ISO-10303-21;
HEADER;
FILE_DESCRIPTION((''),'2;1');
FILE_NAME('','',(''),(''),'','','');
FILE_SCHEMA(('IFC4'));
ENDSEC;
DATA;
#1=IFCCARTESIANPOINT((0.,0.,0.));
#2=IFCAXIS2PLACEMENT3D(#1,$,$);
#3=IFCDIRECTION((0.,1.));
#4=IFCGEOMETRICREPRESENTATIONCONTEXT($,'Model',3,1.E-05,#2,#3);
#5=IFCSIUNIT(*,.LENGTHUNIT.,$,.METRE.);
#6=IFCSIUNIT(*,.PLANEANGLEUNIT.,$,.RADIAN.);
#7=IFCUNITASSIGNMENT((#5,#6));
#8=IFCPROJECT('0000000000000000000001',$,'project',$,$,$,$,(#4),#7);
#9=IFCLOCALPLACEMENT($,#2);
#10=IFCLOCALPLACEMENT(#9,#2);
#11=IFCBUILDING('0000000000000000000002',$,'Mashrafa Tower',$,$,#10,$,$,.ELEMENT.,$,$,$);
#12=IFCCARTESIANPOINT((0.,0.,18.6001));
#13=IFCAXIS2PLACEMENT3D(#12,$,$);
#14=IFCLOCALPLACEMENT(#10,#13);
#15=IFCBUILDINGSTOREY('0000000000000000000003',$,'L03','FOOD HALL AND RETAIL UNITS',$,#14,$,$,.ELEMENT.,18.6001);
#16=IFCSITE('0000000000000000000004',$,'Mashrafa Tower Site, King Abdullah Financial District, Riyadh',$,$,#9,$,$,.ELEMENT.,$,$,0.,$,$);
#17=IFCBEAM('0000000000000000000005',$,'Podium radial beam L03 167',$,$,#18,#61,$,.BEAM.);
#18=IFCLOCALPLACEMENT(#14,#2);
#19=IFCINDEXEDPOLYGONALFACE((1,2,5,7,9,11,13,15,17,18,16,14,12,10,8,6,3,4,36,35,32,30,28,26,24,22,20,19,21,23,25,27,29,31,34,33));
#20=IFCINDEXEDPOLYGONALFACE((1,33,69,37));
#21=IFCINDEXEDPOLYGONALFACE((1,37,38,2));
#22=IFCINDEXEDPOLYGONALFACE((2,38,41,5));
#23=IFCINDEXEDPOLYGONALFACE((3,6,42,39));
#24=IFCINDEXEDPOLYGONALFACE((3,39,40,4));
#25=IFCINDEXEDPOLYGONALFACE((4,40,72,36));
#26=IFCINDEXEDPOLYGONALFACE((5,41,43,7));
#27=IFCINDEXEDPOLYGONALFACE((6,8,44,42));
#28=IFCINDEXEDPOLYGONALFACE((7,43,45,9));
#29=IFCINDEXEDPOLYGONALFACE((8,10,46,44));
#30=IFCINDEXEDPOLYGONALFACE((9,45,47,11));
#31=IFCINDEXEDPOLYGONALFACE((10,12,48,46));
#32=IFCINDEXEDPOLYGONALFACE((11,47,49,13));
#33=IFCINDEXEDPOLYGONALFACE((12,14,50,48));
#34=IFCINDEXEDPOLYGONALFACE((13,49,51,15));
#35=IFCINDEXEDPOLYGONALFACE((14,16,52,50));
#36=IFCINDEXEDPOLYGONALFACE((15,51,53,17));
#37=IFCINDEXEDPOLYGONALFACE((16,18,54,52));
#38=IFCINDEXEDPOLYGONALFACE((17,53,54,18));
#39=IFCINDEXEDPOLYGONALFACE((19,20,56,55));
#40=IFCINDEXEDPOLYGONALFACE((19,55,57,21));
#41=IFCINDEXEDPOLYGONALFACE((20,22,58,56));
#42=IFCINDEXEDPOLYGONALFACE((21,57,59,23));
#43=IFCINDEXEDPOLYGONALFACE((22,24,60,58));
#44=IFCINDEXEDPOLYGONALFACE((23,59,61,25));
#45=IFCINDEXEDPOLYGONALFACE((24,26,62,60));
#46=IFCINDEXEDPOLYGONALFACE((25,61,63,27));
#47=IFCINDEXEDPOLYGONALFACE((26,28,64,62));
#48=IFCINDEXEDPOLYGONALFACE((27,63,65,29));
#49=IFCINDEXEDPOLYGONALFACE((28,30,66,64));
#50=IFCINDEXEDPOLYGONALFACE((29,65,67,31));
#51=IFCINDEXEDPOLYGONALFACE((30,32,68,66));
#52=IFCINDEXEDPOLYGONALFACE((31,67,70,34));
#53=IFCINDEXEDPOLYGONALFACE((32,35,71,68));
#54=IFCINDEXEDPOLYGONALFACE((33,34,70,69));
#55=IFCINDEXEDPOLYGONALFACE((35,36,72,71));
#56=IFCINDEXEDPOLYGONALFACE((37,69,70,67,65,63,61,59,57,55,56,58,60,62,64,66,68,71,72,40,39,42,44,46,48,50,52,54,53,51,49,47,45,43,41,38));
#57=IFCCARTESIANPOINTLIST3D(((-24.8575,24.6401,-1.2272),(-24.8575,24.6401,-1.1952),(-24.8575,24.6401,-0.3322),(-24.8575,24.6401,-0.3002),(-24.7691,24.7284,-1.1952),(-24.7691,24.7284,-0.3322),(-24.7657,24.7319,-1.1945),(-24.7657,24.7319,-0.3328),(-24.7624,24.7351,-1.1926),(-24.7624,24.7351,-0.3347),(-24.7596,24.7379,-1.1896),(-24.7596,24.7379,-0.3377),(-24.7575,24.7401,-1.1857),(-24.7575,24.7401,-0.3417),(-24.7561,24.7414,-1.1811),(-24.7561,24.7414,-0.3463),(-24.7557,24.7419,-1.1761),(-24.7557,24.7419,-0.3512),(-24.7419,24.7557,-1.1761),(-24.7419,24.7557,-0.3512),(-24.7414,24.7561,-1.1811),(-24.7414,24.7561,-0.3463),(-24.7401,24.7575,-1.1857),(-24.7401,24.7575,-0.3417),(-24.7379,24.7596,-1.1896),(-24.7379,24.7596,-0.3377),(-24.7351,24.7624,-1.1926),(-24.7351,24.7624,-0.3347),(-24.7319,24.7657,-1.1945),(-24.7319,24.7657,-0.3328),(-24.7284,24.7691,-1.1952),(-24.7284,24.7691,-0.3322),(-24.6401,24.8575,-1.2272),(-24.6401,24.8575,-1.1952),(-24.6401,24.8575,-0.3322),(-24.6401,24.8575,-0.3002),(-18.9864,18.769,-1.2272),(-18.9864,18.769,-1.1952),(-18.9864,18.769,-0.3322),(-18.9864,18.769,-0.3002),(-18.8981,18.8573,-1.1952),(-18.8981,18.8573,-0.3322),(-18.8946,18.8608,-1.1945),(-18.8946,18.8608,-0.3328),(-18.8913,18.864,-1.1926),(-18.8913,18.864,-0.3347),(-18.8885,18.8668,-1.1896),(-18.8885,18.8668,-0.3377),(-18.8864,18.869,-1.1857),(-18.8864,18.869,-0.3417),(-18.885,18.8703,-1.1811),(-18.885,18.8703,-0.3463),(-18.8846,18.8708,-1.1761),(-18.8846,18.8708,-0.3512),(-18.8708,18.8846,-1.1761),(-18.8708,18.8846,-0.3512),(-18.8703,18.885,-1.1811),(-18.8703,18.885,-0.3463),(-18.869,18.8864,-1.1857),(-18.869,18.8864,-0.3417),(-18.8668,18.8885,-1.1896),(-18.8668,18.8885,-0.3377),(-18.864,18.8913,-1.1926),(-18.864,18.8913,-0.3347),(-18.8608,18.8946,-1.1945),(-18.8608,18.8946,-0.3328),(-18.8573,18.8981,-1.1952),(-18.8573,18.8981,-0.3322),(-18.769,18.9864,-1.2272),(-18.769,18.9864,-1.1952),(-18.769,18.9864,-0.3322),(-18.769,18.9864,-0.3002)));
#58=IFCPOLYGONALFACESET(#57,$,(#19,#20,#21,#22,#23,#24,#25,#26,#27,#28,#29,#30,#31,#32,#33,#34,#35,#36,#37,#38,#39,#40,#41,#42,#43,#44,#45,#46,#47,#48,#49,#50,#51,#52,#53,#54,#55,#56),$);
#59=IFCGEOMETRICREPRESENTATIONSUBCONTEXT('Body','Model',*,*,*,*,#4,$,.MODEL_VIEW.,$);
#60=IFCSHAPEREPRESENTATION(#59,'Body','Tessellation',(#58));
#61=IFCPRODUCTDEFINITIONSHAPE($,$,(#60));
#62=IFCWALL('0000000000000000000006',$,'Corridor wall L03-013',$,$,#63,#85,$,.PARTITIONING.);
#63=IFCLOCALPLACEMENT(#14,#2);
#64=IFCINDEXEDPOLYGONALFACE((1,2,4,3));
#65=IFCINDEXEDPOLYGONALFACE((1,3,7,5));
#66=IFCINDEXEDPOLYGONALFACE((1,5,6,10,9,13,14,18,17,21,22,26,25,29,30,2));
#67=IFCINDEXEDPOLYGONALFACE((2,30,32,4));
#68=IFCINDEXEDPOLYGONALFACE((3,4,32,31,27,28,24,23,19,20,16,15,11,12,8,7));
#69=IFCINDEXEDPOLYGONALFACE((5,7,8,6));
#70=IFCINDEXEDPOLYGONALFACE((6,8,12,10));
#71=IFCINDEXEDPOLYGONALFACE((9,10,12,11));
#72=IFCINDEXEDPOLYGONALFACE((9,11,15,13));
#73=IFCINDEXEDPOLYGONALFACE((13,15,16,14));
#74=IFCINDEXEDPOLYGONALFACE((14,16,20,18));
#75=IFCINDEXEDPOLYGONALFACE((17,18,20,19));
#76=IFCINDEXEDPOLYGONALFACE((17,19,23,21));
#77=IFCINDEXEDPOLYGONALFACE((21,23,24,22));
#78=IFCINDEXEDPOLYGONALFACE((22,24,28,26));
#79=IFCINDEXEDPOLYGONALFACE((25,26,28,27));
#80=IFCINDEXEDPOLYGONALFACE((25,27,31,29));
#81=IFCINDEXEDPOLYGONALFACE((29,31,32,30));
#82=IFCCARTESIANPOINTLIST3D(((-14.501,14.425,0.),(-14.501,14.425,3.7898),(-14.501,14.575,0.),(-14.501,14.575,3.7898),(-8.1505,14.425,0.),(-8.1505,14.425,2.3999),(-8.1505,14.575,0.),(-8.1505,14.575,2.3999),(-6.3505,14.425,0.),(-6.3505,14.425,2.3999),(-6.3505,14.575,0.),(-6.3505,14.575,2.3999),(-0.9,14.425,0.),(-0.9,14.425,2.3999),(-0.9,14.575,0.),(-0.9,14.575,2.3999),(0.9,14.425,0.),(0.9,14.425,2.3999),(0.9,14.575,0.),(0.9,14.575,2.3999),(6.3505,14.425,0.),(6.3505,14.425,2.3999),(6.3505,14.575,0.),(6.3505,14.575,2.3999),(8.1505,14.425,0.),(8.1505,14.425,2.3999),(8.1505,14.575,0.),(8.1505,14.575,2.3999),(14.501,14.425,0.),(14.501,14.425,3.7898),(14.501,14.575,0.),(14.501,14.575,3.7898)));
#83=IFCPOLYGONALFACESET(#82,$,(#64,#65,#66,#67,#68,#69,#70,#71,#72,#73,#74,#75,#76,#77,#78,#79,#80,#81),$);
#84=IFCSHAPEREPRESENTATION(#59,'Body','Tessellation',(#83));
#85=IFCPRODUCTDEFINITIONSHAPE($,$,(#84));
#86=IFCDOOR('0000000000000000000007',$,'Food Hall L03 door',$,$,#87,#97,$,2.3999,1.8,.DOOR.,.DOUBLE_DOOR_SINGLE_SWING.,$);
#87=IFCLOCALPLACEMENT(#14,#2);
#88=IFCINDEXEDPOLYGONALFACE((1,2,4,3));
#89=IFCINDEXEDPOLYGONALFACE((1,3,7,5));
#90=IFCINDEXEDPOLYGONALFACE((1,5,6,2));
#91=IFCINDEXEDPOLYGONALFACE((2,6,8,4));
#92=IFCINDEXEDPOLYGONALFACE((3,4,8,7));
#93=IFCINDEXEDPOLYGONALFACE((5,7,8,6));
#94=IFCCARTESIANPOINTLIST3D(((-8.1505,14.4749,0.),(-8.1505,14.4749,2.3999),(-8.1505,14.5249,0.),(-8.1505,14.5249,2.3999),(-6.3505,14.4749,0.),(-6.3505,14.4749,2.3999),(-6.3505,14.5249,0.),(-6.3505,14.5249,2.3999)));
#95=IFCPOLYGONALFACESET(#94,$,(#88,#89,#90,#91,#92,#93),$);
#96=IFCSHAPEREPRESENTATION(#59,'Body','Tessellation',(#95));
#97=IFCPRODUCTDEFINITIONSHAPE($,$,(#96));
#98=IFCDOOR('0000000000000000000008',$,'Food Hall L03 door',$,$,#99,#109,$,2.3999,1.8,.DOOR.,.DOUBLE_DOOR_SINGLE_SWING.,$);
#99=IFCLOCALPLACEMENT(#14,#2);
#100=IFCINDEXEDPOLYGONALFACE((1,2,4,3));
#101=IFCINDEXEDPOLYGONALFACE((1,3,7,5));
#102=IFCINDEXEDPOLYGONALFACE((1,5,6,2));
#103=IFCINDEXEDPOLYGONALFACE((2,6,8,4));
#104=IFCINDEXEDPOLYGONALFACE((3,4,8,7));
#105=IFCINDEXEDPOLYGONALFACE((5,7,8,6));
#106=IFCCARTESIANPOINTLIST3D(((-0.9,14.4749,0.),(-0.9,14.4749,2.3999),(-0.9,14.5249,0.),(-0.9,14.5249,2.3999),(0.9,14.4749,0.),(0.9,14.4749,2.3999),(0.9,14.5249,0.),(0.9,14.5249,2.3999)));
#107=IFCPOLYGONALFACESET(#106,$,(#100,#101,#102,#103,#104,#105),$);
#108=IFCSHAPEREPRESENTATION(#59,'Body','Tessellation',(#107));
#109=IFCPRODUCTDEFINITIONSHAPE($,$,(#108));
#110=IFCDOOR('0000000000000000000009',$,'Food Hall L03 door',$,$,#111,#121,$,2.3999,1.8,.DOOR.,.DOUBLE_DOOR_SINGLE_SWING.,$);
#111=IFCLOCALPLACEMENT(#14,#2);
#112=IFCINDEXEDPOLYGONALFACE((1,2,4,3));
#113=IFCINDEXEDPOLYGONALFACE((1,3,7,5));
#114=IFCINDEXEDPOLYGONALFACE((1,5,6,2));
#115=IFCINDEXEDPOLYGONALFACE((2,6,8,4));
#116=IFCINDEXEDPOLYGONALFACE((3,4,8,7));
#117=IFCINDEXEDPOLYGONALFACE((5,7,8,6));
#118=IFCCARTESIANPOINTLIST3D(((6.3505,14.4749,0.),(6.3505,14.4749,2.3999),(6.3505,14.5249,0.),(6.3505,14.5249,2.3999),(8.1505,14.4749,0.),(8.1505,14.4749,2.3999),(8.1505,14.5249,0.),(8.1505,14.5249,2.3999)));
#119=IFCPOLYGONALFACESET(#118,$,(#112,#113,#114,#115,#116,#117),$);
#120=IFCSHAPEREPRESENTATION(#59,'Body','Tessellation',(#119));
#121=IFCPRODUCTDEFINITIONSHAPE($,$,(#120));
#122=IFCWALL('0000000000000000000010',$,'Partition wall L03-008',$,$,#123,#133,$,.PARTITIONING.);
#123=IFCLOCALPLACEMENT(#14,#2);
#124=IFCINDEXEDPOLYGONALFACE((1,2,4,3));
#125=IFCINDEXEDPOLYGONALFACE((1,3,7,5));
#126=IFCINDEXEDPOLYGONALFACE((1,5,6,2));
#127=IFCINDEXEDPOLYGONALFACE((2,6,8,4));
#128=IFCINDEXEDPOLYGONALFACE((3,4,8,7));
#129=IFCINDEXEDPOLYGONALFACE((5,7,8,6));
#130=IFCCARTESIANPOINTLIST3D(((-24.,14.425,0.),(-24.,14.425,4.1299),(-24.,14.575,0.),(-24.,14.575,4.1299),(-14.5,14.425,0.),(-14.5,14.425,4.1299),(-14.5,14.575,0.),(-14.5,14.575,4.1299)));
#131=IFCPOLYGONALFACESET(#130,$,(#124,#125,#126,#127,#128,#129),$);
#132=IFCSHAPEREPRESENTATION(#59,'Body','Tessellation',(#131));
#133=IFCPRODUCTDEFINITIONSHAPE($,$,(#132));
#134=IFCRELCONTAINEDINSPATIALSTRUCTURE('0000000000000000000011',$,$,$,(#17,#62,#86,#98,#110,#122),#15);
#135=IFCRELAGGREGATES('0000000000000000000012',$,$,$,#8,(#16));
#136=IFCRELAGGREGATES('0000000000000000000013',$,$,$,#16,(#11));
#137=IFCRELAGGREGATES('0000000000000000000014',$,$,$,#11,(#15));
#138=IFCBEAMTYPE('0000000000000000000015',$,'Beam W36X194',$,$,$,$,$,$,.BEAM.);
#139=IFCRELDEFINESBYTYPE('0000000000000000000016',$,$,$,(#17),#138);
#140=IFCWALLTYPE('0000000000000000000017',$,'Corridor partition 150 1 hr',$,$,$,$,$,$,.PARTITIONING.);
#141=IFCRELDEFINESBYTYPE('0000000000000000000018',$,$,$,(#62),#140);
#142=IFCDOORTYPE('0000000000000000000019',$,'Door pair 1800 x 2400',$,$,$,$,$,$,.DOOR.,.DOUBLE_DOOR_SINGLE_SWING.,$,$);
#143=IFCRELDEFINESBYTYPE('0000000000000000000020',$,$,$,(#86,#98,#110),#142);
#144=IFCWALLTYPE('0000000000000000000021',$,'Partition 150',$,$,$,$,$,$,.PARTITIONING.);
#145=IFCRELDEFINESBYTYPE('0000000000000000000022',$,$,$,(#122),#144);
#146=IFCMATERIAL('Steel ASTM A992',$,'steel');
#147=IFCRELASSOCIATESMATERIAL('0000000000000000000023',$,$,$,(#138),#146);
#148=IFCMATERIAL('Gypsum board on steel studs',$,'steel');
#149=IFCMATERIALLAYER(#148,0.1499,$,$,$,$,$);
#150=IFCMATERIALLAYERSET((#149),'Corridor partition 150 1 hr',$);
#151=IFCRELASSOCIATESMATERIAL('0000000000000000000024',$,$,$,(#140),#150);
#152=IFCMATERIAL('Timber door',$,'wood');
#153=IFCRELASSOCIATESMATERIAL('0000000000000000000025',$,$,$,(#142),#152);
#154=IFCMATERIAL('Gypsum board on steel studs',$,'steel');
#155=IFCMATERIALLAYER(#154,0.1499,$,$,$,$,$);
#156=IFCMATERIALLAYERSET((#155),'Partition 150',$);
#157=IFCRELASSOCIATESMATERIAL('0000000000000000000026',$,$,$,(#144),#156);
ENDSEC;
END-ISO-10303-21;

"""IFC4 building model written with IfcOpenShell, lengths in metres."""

from ifc_helpers import new_model, si_unit, direction, frame, frame_2d, origin, origin_2d, place, context, subcontext, project, spatial, rectangle, i_section, extrude, material, layer, layer_set, material_profile, profile_set, type_object, element, fill, save


model = new_model("IFC4")

# Units and contexts
model_context = context("Model", 3, precision=1e-05, world=origin(), true_north=direction((0.0, 1.0)))
body_context = subcontext(model_context, "Body", "Model", "MODEL_VIEW")
ifc_project = project(units=[si_unit("LENGTHUNIT", "METRE"), si_unit("PLANEANGLEUNIT", "RADIAN")], contexts=[model_context])

# Site, building, storey
site_placement = place(None, origin())
site = spatial("IfcSite", under=ifc_project, at=site_placement, Name="Mashrafa Tower Site, King Abdullah Financial District, Riyadh", CompositionType="ELEMENT", RefElevation=0.0)
building_placement = place(site_placement, origin())
building = spatial("IfcBuilding", under=site, at=building_placement, Name="Mashrafa Tower", CompositionType="ELEMENT")
storey_placement = place(building_placement, frame((0.0, 0.0, 18.6001)))
storey = spatial("IfcBuildingStorey", under=building, at=storey_placement, Name="L03", Description="FOOD HALL AND RETAIL UNITS", CompositionType="ELEMENT", Elevation=18.6001)

# Beam
ifc_material_1 = material(Name="Steel ASTM A992", Category="steel")
ifc_material_profile_1 = material_profile(ifc_material_1, i_section(OverallWidth=0.3074, OverallDepth=0.927, WebThickness=0.0195, FlangeThickness=0.032, FilletRadius=0.019, at=origin_2d()), Name="W36X194")
ifc_profile_set_1 = profile_set([ifc_material_profile_1], Name="Steel ASTM A992")
beam_type_1 = type_object("IfcBeamType", Name="Beam W36X194", PredefinedType="BEAM", material=ifc_profile_set_1)
beam_1_placement = place(storey_placement, frame((-18.8777, 18.8777, -0.7637), z_axis=(-0.707107, 0.707107, 0.0), x_axis=(-0.707107, -0.707107, 0.0)))
element("IfcBeam", 1, at=beam_1_placement, inside=storey, type_object=beam_type_1, Name="Podium radial beam L03 167", PredefinedType="BEAM", context=body_context, shape_type="SweptSolid", body=[
    extrude(i_section(OverallWidth=0.3074, OverallDepth=0.927, WebThickness=0.0195, FlangeThickness=0.032, FilletRadius=0.019, at=origin_2d()), origin(), (0.0, 0.0, 1.0), 8.303),
])

# Wall, openings, doors
ifc_material_2 = material(Name="Gypsum board on steel studs", Category="steel")
ifc_layer_1 = layer(ifc_material_2, 0.1499)
ifc_layer_set_1 = layer_set([ifc_layer_1], Name="Corridor partition 150 1 hr")
wall_type_1 = type_object("IfcWallType", Name="Corridor partition 150 1 hr", PredefinedType="PARTITIONING", material=ifc_layer_set_1)
wall_1_placement = place(storey_placement, frame((-14.501, 14.5, 0.0), z_axis=(0.0, 0.0, 1.0), x_axis=(1.0, 0.0, 0.0)))
wall_1 = element("IfcWall", 2, at=wall_1_placement, inside=storey, type_object=wall_type_1, Name="Corridor wall L03-013", PredefinedType="PARTITIONING", context=body_context, shape_type="SweptSolid", body=[
    extrude(rectangle(XDim=29.002, YDim=0.1499, at=frame_2d((14.501, 0.0))), origin(), (0.0, 0.0, 1.0), 3.7898),
])
opening_1_placement = place(wall_1_placement, frame((6.3506, 0.0, 0.0)))
opening_1 = element("IfcOpeningElement", 3, at=opening_1_placement, cuts=wall_1, PredefinedType="OPENING", context=body_context, shape_type="SweptSolid", body=[
    extrude(rectangle(XDim=1.8, YDim=2.3999, at=frame_2d((0.8999, 1.2))), frame((0.0, 0.085, 0.0), z_axis=(0.0, -1.0, 0.0), x_axis=(1.0, 0.0, 0.0)), (0.0, 0.0, 1.0), 0.1699),
])
opening_2_placement = place(wall_1_placement, frame((13.6011, 0.0, 0.0)))
opening_2 = element("IfcOpeningElement", 4, at=opening_2_placement, cuts=wall_1, PredefinedType="OPENING", context=body_context, shape_type="SweptSolid", body=[
    extrude(rectangle(XDim=1.8, YDim=2.3999, at=frame_2d((0.8999, 1.2))), frame((0.0, 0.085, 0.0), z_axis=(0.0, -1.0, 0.0), x_axis=(1.0, 0.0, 0.0)), (0.0, 0.0, 1.0), 0.1699),
])
opening_3_placement = place(wall_1_placement, frame((20.8516, 0.0, 0.0)))
opening_3 = element("IfcOpeningElement", 5, at=opening_3_placement, cuts=wall_1, PredefinedType="OPENING", context=body_context, shape_type="SweptSolid", body=[
    extrude(rectangle(XDim=1.8, YDim=2.3999, at=frame_2d((0.8999, 1.2))), frame((0.0, 0.085, 0.0), z_axis=(0.0, -1.0, 0.0), x_axis=(1.0, 0.0, 0.0)), (0.0, 0.0, 1.0), 0.1699),
])
ifc_material_3 = material(Name="Timber door", Category="wood")
door_type = type_object("IfcDoorType", Name="Door pair 1800 x 2400", OperationType="DOUBLE_DOOR_SINGLE_SWING", PredefinedType="DOOR", material=ifc_material_3)
door_1_placement = place(opening_1_placement, origin())
door_1 = element("IfcDoor", 6, at=door_1_placement, inside=storey, type_object=door_type, Name="Food Hall L03 door", OperationType="DOUBLE_DOOR_SINGLE_SWING", OverallHeight=2.3999, OverallWidth=1.8, PredefinedType="DOOR", context=body_context, shape_type="SweptSolid", body=[
    extrude(rectangle(XDim=1.8, YDim=2.3999, at=frame_2d((0.8999, 1.2))), frame((0.0, 0.0249, 0.0), z_axis=(0.0, -1.0, 0.0), x_axis=(1.0, 0.0, 0.0)), (0.0, 0.0, 1.0), 0.05),
])
fill(opening_1, door_1)
door_2_placement = place(opening_2_placement, origin())
door_2 = element("IfcDoor", 7, at=door_2_placement, inside=storey, type_object=door_type, Name="Food Hall L03 door", OperationType="DOUBLE_DOOR_SINGLE_SWING", OverallHeight=2.3999, OverallWidth=1.8, PredefinedType="DOOR", context=body_context, shape_type="SweptSolid", body=[
    extrude(rectangle(XDim=1.8, YDim=2.3999, at=frame_2d((0.8999, 1.2))), frame((0.0, 0.0249, 0.0), z_axis=(0.0, -1.0, 0.0), x_axis=(1.0, 0.0, 0.0)), (0.0, 0.0, 1.0), 0.05),
])
fill(opening_2, door_2)
door_3_placement = place(opening_3_placement, origin())
door_3 = element("IfcDoor", 8, at=door_3_placement, inside=storey, type_object=door_type, Name="Food Hall L03 door", OperationType="DOUBLE_DOOR_SINGLE_SWING", OverallHeight=2.3999, OverallWidth=1.8, PredefinedType="DOOR", context=body_context, shape_type="SweptSolid", body=[
    extrude(rectangle(XDim=1.8, YDim=2.3999, at=frame_2d((0.8999, 1.2))), frame((0.0, 0.0249, 0.0), z_axis=(0.0, -1.0, 0.0), x_axis=(1.0, 0.0, 0.0)), (0.0, 0.0, 1.0), 0.05),
])
fill(opening_3, door_3)

# Wall
ifc_material_4 = material(Name="Gypsum board on steel studs", Category="steel")
ifc_layer_2 = layer(ifc_material_4, 0.1499)
ifc_layer_set_2 = layer_set([ifc_layer_2], Name="Partition 150")
wall_type_2 = type_object("IfcWallType", Name="Partition 150", PredefinedType="PARTITIONING", material=ifc_layer_set_2)
wall_2_placement = place(storey_placement, frame((-14.5, 14.5, 0.0), z_axis=(0.0, 0.0, 1.0), x_axis=(-1.0, 0.0, 0.0)))
element("IfcWall", 9, at=wall_2_placement, inside=storey, type_object=wall_type_2, Name="Partition wall L03-008", PredefinedType="PARTITIONING", context=body_context, shape_type="SweptSolid", body=[
    extrude(rectangle(XDim=9.5, YDim=0.1499, at=frame_2d((4.75, 0.0))), origin(), (0.0, 0.0, 1.0), 4.1299),
])

save(model, "model.ifc")
